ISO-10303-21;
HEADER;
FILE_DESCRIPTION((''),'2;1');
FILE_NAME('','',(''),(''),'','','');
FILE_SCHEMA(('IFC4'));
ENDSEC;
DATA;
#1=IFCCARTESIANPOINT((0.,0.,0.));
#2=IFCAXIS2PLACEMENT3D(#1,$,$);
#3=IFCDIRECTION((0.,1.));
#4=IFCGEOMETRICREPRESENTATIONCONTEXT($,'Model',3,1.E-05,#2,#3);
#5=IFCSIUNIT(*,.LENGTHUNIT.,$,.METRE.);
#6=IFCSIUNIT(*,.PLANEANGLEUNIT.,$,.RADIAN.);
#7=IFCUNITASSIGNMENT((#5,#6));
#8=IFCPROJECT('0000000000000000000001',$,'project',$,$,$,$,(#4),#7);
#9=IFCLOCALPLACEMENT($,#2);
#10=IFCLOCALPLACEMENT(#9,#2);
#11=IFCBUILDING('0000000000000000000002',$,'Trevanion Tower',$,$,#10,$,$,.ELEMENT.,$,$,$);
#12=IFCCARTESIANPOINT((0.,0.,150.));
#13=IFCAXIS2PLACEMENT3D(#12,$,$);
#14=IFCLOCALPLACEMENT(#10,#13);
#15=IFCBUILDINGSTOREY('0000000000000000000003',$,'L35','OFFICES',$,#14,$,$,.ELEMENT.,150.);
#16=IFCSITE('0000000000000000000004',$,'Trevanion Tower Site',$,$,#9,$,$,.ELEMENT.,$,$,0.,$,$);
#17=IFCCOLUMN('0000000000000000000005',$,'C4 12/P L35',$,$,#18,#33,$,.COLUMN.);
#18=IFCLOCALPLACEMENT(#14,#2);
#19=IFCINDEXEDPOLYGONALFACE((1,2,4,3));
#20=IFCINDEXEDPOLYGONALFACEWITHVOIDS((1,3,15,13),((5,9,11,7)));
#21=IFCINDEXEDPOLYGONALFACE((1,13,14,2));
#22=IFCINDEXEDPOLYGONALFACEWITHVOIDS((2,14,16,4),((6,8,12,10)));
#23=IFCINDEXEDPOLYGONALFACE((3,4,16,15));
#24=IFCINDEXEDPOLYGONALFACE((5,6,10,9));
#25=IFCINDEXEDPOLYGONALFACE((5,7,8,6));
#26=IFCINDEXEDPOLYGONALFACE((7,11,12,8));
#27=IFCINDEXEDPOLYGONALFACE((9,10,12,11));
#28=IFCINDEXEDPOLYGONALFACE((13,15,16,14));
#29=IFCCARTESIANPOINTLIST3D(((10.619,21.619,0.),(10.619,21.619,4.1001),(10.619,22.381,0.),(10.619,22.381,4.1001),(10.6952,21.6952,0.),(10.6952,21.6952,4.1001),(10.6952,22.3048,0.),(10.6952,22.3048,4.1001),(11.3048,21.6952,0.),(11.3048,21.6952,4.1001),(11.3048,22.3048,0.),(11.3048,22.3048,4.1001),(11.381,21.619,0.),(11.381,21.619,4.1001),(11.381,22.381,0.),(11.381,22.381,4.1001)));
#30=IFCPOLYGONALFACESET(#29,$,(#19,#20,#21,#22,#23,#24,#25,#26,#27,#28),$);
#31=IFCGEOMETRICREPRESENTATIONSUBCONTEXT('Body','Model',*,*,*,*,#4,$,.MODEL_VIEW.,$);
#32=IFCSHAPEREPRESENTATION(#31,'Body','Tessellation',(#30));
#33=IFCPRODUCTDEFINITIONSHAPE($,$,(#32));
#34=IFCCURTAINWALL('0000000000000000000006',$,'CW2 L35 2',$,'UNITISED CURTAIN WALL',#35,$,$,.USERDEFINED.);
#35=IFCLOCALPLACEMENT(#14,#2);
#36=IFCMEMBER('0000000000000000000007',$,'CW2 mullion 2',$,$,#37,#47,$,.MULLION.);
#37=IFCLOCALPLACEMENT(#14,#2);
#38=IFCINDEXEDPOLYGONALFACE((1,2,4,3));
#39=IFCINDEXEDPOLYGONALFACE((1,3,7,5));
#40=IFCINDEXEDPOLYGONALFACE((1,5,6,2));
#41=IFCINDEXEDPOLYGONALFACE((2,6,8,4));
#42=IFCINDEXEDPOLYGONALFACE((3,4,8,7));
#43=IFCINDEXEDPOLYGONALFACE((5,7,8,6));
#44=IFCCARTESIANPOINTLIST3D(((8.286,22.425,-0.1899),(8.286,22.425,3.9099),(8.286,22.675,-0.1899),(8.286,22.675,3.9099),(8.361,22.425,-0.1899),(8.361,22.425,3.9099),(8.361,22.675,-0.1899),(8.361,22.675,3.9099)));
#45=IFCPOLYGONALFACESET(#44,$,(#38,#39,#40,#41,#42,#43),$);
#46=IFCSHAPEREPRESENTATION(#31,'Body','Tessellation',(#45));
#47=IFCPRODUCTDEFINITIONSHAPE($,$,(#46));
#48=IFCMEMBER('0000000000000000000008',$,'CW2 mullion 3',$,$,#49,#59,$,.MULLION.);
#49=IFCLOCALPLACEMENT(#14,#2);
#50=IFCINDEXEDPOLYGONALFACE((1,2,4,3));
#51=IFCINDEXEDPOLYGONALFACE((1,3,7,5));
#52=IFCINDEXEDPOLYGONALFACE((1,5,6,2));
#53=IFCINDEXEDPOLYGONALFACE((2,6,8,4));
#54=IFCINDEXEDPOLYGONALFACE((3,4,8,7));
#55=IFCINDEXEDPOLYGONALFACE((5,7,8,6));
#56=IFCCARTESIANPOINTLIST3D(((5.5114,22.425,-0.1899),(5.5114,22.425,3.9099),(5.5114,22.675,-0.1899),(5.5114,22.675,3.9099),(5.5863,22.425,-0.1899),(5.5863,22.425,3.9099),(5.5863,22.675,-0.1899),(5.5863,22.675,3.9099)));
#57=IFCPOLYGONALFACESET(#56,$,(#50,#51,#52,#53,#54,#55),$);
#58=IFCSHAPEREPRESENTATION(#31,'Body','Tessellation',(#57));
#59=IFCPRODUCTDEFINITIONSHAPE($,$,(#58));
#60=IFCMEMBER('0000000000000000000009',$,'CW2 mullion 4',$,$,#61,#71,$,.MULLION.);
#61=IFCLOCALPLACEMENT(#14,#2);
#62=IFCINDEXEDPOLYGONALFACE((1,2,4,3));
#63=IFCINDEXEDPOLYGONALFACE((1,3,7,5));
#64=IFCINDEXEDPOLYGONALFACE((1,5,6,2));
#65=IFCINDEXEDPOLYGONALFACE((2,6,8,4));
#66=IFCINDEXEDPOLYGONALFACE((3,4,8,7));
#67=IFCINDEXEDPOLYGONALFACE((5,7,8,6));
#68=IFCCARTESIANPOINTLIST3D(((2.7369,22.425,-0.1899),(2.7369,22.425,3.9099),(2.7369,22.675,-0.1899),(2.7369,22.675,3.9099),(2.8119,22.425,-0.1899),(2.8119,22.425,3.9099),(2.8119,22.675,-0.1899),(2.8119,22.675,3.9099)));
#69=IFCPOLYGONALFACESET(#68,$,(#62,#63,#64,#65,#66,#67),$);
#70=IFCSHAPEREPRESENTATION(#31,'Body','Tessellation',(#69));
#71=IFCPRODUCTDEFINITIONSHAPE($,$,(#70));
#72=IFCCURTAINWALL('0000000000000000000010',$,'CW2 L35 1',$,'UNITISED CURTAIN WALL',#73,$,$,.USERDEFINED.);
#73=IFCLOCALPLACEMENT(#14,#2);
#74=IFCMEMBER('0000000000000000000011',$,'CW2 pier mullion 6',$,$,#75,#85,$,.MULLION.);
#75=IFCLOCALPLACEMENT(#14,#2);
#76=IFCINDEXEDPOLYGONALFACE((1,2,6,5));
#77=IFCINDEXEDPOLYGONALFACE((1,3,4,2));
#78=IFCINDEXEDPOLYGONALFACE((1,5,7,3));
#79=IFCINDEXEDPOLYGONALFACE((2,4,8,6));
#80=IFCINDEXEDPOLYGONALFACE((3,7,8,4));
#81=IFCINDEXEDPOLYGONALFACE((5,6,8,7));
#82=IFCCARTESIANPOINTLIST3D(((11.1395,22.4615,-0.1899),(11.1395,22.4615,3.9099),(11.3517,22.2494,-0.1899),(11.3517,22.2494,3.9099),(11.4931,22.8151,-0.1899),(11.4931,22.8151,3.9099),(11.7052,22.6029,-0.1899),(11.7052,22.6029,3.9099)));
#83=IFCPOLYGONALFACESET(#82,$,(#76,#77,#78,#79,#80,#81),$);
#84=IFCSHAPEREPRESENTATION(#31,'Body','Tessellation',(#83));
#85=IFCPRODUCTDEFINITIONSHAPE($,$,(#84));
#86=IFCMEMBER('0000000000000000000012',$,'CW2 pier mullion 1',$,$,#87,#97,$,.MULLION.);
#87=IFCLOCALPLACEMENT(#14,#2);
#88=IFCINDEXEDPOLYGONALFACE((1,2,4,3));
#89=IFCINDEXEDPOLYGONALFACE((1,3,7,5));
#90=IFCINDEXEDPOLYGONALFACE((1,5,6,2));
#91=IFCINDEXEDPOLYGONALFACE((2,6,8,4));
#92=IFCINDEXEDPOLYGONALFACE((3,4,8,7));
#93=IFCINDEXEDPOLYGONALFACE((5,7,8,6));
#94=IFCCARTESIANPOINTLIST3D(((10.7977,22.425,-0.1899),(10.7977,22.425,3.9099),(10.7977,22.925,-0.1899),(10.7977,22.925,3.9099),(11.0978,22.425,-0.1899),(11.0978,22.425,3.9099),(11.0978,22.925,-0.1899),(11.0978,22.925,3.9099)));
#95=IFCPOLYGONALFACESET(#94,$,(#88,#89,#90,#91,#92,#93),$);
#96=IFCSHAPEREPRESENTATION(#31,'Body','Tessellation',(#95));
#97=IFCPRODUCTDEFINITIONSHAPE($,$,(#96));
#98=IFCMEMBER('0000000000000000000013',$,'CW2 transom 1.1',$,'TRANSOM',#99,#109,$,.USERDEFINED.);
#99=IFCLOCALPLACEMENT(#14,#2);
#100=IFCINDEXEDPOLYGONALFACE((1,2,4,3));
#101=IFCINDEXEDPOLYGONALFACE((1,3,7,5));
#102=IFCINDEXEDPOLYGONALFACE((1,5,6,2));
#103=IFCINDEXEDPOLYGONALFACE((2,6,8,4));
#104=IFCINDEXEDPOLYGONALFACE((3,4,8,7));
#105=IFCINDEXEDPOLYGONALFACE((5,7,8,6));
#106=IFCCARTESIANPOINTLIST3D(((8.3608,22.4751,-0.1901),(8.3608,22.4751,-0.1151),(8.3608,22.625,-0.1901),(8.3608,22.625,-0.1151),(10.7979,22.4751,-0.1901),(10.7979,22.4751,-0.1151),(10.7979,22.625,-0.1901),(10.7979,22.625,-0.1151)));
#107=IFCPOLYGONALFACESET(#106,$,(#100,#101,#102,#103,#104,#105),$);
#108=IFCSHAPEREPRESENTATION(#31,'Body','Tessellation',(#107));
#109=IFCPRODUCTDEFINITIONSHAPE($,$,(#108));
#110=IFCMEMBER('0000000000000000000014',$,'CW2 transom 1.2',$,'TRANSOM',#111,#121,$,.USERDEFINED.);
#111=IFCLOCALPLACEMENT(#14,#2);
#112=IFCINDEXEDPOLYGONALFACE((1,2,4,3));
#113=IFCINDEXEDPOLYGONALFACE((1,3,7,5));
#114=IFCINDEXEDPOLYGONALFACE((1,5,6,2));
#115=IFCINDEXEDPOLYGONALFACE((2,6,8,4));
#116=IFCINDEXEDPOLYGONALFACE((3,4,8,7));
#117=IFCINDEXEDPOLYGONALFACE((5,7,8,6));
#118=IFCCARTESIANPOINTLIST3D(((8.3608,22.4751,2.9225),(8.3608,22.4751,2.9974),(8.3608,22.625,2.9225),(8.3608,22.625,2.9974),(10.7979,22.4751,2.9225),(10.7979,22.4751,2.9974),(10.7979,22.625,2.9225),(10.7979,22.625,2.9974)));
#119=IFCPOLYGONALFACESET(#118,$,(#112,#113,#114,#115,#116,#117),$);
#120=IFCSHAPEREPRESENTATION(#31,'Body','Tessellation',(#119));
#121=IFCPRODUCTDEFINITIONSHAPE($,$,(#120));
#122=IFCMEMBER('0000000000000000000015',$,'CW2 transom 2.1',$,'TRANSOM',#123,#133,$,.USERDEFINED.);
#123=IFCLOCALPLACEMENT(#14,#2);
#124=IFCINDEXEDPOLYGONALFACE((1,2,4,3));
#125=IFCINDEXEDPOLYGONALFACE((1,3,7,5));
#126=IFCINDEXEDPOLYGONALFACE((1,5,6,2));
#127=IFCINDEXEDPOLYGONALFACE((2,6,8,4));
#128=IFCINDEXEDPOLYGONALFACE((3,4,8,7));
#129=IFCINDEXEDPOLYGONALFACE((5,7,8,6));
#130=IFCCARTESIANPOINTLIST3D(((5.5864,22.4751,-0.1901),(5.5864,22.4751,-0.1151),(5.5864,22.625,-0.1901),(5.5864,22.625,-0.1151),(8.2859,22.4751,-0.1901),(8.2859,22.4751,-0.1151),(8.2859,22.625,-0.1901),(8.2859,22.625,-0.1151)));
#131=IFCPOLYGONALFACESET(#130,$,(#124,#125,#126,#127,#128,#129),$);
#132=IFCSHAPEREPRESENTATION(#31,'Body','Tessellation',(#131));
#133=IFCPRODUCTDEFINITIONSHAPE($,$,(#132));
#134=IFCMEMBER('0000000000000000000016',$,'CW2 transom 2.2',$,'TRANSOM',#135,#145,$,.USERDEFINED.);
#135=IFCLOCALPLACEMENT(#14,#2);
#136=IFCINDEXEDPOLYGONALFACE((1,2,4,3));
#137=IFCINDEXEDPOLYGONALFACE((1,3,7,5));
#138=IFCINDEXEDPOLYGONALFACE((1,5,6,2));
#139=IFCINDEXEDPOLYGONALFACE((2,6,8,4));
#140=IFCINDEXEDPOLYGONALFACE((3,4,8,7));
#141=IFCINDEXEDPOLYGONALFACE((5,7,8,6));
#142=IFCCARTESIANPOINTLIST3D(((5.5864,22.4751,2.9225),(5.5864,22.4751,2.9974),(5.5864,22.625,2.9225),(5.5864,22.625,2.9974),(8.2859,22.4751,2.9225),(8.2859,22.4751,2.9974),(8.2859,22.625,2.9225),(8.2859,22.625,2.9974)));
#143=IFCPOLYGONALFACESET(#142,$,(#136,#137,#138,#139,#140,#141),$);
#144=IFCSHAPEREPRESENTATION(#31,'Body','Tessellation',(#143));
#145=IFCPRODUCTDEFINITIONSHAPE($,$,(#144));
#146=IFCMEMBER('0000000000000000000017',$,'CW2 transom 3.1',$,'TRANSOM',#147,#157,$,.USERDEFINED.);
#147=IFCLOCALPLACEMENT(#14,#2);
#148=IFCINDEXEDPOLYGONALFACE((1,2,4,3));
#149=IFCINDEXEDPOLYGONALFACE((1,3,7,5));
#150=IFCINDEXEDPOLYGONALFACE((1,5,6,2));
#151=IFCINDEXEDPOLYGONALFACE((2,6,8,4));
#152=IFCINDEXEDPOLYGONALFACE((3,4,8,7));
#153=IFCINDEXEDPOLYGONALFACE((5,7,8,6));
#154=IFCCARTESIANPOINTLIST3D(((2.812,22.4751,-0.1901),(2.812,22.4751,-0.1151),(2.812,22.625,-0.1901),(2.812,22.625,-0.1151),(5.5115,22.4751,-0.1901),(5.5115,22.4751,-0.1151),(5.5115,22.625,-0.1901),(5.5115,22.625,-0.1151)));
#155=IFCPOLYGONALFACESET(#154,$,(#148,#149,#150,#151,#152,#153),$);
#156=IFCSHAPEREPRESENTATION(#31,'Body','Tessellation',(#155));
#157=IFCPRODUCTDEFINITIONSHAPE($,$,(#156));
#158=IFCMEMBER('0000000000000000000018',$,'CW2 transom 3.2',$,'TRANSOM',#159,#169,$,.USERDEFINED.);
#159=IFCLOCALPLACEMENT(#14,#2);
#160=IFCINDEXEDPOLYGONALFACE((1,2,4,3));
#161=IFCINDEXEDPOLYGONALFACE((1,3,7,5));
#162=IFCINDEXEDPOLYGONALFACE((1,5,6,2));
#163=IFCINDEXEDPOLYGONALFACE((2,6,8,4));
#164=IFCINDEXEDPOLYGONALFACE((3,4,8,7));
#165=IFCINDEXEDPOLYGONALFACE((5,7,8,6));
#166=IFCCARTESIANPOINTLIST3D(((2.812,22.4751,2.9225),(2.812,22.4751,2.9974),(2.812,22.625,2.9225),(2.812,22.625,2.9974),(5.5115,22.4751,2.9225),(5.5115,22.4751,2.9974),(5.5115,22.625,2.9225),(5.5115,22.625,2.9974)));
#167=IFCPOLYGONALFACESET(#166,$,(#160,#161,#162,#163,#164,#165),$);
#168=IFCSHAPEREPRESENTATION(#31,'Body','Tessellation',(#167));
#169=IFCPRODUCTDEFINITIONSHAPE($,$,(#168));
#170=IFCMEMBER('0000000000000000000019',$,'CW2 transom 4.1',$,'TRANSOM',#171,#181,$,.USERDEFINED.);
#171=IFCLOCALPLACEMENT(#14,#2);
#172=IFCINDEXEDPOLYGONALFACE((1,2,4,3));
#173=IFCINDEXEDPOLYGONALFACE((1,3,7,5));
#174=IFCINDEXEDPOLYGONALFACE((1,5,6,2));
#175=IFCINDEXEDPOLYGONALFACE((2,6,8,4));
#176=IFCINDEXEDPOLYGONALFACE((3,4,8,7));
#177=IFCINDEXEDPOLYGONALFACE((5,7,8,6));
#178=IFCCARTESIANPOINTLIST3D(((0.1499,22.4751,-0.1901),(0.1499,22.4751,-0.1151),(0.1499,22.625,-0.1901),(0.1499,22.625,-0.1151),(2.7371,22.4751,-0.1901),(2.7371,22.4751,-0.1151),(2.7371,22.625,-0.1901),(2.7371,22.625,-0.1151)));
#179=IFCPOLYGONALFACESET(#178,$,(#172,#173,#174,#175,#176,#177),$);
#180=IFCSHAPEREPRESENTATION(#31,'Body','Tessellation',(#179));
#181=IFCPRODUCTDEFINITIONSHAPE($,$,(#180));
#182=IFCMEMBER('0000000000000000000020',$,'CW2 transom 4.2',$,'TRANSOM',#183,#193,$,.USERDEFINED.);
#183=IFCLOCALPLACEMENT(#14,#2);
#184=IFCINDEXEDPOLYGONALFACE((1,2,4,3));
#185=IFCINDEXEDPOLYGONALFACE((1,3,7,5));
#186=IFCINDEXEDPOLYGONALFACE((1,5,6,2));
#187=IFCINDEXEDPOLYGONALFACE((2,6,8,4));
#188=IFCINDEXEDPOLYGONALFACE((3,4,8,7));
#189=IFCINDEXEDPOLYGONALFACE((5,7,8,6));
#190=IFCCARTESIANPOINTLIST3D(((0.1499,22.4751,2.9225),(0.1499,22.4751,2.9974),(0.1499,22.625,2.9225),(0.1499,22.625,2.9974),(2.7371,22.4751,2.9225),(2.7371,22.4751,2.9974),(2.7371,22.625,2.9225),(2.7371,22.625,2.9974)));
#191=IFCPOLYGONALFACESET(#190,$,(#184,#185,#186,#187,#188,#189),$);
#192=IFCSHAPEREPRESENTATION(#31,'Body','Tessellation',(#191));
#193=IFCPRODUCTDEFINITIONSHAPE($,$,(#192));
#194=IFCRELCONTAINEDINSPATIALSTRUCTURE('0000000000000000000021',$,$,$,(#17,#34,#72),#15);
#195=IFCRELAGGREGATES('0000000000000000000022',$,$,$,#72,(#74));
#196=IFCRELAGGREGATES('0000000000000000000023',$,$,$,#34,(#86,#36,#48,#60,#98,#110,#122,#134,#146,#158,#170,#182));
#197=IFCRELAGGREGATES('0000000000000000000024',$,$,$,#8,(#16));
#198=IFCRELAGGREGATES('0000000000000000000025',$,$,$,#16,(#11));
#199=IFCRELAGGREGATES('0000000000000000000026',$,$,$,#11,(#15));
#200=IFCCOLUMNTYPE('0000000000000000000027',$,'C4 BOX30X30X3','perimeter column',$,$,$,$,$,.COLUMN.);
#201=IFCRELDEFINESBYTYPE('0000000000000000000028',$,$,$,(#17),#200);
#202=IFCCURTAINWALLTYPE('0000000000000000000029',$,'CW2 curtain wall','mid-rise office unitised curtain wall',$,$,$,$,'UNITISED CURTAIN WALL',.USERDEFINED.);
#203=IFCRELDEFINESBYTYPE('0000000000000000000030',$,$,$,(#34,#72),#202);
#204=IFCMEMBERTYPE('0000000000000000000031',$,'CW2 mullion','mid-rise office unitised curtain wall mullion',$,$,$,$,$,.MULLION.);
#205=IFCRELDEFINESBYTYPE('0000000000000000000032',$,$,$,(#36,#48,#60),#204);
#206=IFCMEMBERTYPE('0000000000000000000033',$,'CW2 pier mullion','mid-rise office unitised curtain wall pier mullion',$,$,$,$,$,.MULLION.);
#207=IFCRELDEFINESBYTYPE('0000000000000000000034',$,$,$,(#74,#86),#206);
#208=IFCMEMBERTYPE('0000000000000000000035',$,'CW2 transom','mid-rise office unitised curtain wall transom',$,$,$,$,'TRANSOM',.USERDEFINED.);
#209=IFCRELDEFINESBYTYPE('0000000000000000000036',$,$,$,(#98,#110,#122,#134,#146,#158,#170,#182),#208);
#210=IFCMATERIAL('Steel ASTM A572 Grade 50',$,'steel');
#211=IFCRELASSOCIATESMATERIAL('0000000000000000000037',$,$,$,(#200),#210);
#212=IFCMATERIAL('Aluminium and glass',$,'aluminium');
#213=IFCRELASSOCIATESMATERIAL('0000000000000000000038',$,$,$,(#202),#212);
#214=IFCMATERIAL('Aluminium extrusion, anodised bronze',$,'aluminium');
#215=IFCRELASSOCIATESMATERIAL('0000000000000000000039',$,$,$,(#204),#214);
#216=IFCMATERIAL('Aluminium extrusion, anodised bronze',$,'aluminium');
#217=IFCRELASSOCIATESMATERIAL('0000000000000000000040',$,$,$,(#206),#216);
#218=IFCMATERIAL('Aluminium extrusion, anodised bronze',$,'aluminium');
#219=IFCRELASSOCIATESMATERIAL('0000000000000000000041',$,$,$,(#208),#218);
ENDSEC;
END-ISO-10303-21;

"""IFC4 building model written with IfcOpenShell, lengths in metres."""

from ifc_helpers import new_model, si_unit, direction, frame, origin, origin_2d, place, context, subcontext, project, spatial, rectangle, hollow_rectangle, extrude, material, material_profile, profile_set, type_object, element, aggregate, save


model = new_model("IFC4")

# Units and contexts
model_context = context("Model", 3, precision=1e-05, world=origin(), true_north=direction((0.0, 1.0)))
body_context = subcontext(model_context, "Body", "Model", "MODEL_VIEW")
ifc_project = project(units=[si_unit("LENGTHUNIT", "METRE"), si_unit("PLANEANGLEUNIT", "RADIAN")], contexts=[model_context])

# Site, building, storey
site_placement = place(None, origin())
site = spatial("IfcSite", under=ifc_project, at=site_placement, Name="Trevanion Tower Site", CompositionType="ELEMENT", RefElevation=0.0)
building_placement = place(site_placement, origin())
building = spatial("IfcBuilding", under=site, at=building_placement, Name="Trevanion Tower", CompositionType="ELEMENT")
storey_placement = place(building_placement, frame((0.0, 0.0, 150.0)))
storey = spatial("IfcBuildingStorey", under=building, at=storey_placement, Name="L35", Description="OFFICES", CompositionType="ELEMENT", Elevation=150.0)

# Column
ifc_material_1 = material(Name="Steel ASTM A572 Grade 50", Category="steel")
ifc_material_profile_1 = material_profile(ifc_material_1, hollow_rectangle(XDim=0.762, YDim=0.762, WallThickness=0.0762, at=origin_2d()), Name="BOX30X30X3")
ifc_profile_set_1 = profile_set([ifc_material_profile_1], Name="Steel ASTM A572 Grade 50")
column_type = type_object("IfcColumnType", Name="C4 BOX30X30X3", Description="perimeter column", PredefinedType="COLUMN", material=ifc_profile_set_1)
column_placement = place(storey_placement, frame((11.0, 22.0, 0.0), z_axis=(0.0, 0.0, 1.0), x_axis=(1.0, 0.0, 0.0)))
element("IfcColumn", 1, at=column_placement, inside=storey, type_object=column_type, Name="C4 12/P L35", PredefinedType="COLUMN", context=body_context, shape_type="SweptSolid", body=[
    extrude(hollow_rectangle(XDim=0.762, YDim=0.762, WallThickness=0.0762, at=origin_2d()), origin(), (0.0, 0.0, 1.0), 4.1001),
])

# Curtain wall, members
ifc_material_2 = material(Name="Aluminium and glass", Category="aluminium")
curtain_wall_type = type_object("IfcCurtainWallType", Name="CW2 curtain wall", Description="mid-rise office unitised curtain wall", ElementType="UNITISED CURTAIN WALL", PredefinedType="USERDEFINED", material=ifc_material_2)
curtain_wall_1_placement = place(storey_placement, origin())
curtain_wall_1 = element("IfcCurtainWall", 2, at=curtain_wall_1_placement, inside=storey, type_object=curtain_wall_type, Name="CW2 L35 2", ObjectType="UNITISED CURTAIN WALL", PredefinedType="USERDEFINED")
ifc_material_3 = material(Name="Aluminium extrusion, anodised bronze", Category="aluminium")
ifc_material_profile_2 = material_profile(ifc_material_3, rectangle(XDim=0.075, YDim=0.25, at=origin_2d()), Name="CW2 mullion")
ifc_profile_set_2 = profile_set([ifc_material_profile_2], Name="Aluminium extrusion, anodised bronze")
member_type_1 = type_object("IfcMemberType", Name="CW2 mullion", Description="mid-rise office unitised curtain wall mullion", PredefinedType="MULLION", material=ifc_profile_set_2)
member_1_placement = place(storey_placement, frame((8.3235, 22.55, -0.1899), z_axis=(0.0, 0.0, 1.0), x_axis=(-1.0, 0.0, 0.0)))
member_1 = element("IfcMember", 3, at=member_1_placement, type_object=member_type_1, Name="CW2 mullion 2", PredefinedType="MULLION", context=body_context, shape_type="SweptSolid", body=[
    extrude(rectangle(XDim=0.075, YDim=0.25, at=origin_2d()), origin(), (0.0, 0.0, 1.0), 4.0999),
])
member_2_placement = place(storey_placement, frame((5.5488, 22.55, -0.1899), z_axis=(0.0, 0.0, 1.0), x_axis=(-1.0, 0.0, 0.0)))
member_2 = element("IfcMember", 4, at=member_2_placement, type_object=member_type_1, Name="CW2 mullion 3", PredefinedType="MULLION", context=body_context, shape_type="SweptSolid", body=[
    extrude(rectangle(XDim=0.075, YDim=0.25, at=origin_2d()), origin(), (0.0, 0.0, 1.0), 4.0999),
])
member_3_placement = place(storey_placement, frame((2.7744, 22.55, -0.1899), z_axis=(0.0, 0.0, 1.0), x_axis=(-1.0, 0.0, 0.0)))
member_3 = element("IfcMember", 5, at=member_3_placement, type_object=member_type_1, Name="CW2 mullion 4", PredefinedType="MULLION", context=body_context, shape_type="SweptSolid", body=[
    extrude(rectangle(XDim=0.075, YDim=0.25, at=origin_2d()), origin(), (0.0, 0.0, 1.0), 4.0999),
])

# Curtain wall, member
curtain_wall_2_placement = place(storey_placement, origin())
curtain_wall_2 = element("IfcCurtainWall", 6, at=curtain_wall_2_placement, inside=storey, type_object=curtain_wall_type, Name="CW2 L35 1", ObjectType="UNITISED CURTAIN WALL", PredefinedType="USERDEFINED")
ifc_material_4 = material(Name="Aluminium extrusion, anodised bronze", Category="aluminium")
ifc_material_profile_3 = material_profile(ifc_material_4, rectangle(XDim=0.3, YDim=0.5, at=origin_2d()), Name="CW2 pier mullion")
ifc_profile_set_3 = profile_set([ifc_material_profile_3], Name="Aluminium extrusion, anodised bronze")
member_type_2 = type_object("IfcMemberType", Name="CW2 pier mullion", Description="mid-rise office unitised curtain wall pier mullion", PredefinedType="MULLION", material=ifc_profile_set_3)
member_4_placement = place(storey_placement, frame((11.4224, 22.5322, -0.1899), z_axis=(0.0, 0.0, 1.0), x_axis=(-0.707107, 0.707107, 0.0)))
member_4 = element("IfcMember", 7, at=member_4_placement, type_object=member_type_2, Name="CW2 pier mullion 6", PredefinedType="MULLION", context=body_context, shape_type="SweptSolid", body=[
    extrude(rectangle(XDim=0.3, YDim=0.5, at=origin_2d()), origin(), (0.0, 0.0, 1.0), 4.0999),
])
aggregate(curtain_wall_2, [member_4])

# Members
member_5_placement = place(storey_placement, frame((10.9478, 22.675, -0.1899), z_axis=(0.0, 0.0, 1.0), x_axis=(-1.0, 0.0, 0.0)))
member_5 = element("IfcMember", 8, at=member_5_placement, type_object=member_type_2, Name="CW2 pier mullion 1", PredefinedType="MULLION", context=body_context, shape_type="SweptSolid", body=[
    extrude(rectangle(XDim=0.3, YDim=0.5, at=origin_2d()), origin(), (0.0, 0.0, 1.0), 4.0999),
])
ifc_material_5 = material(Name="Aluminium extrusion, anodised bronze", Category="aluminium")
ifc_material_profile_4 = material_profile(ifc_material_5, rectangle(XDim=0.1499, YDim=0.075, at=origin_2d()), Name="CW2 transom")
ifc_profile_set_4 = profile_set([ifc_material_profile_4], Name="Aluminium extrusion, anodised bronze")
member_type_3 = type_object("IfcMemberType", Name="CW2 transom", Description="mid-rise office unitised curtain wall transom", ElementType="TRANSOM", PredefinedType="USERDEFINED", material=ifc_profile_set_4)
member_6_placement = place(storey_placement, frame((10.7979, 22.55, -0.1526), z_axis=(-1.0, 0.0, 0.0), x_axis=(0.0, -1.0, 0.0)))
member_6 = element("IfcMember", 9, at=member_6_placement, type_object=member_type_3, Name="CW2 transom 1.1", ObjectType="TRANSOM", PredefinedType="USERDEFINED", context=body_context, shape_type="SweptSolid", body=[
    extrude(rectangle(XDim=0.1499, YDim=0.075, at=origin_2d()), origin(), (0.0, 0.0, 1.0), 2.437),
])
member_7_placement = place(storey_placement, frame((10.7979, 22.55, 2.96), z_axis=(-1.0, 0.0, 0.0), x_axis=(0.0, -1.0, 0.0)))
member_7 = element("IfcMember", 10, at=member_7_placement, type_object=member_type_3, Name="CW2 transom 1.2", ObjectType="TRANSOM", PredefinedType="USERDEFINED", context=body_context, shape_type="SweptSolid", body=[
    extrude(rectangle(XDim=0.1499, YDim=0.075, at=origin_2d()), origin(), (0.0, 0.0, 1.0), 2.437),
])
member_8_placement = place(storey_placement, frame((8.2859, 22.55, -0.1526), z_axis=(-1.0, 0.0, 0.0), x_axis=(0.0, -1.0, 0.0)))
member_8 = element("IfcMember", 11, at=member_8_placement, type_object=member_type_3, Name="CW2 transom 2.1", ObjectType="TRANSOM", PredefinedType="USERDEFINED", context=body_context, shape_type="SweptSolid", body=[
    extrude(rectangle(XDim=0.1499, YDim=0.075, at=origin_2d()), origin(), (0.0, 0.0, 1.0), 2.6995),
])
member_9_placement = place(storey_placement, frame((8.2859, 22.55, 2.96), z_axis=(-1.0, 0.0, 0.0), x_axis=(0.0, -1.0, 0.0)))
member_9 = element("IfcMember", 12, at=member_9_placement, type_object=member_type_3, Name="CW2 transom 2.2", ObjectType="TRANSOM", PredefinedType="USERDEFINED", context=body_context, shape_type="SweptSolid", body=[
    extrude(rectangle(XDim=0.1499, YDim=0.075, at=origin_2d()), origin(), (0.0, 0.0, 1.0), 2.6995),
])
member_10_placement = place(storey_placement, frame((5.5115, 22.55, -0.1526), z_axis=(-1.0, 0.0, 0.0), x_axis=(0.0, -1.0, 0.0)))
member_10 = element("IfcMember", 13, at=member_10_placement, type_object=member_type_3, Name="CW2 transom 3.1", ObjectType="TRANSOM", PredefinedType="USERDEFINED", context=body_context, shape_type="SweptSolid", body=[
    extrude(rectangle(XDim=0.1499, YDim=0.075, at=origin_2d()), origin(), (0.0, 0.0, 1.0), 2.6995),
])
member_11_placement = place(storey_placement, frame((5.5115, 22.55, 2.96), z_axis=(-1.0, 0.0, 0.0), x_axis=(0.0, -1.0, 0.0)))
member_11 = element("IfcMember", 14, at=member_11_placement, type_object=member_type_3, Name="CW2 transom 3.2", ObjectType="TRANSOM", PredefinedType="USERDEFINED", context=body_context, shape_type="SweptSolid", body=[
    extrude(rectangle(XDim=0.1499, YDim=0.075, at=origin_2d()), origin(), (0.0, 0.0, 1.0), 2.6995),
])
member_12_placement = place(storey_placement, frame((2.7371, 22.55, -0.1526), z_axis=(-1.0, 0.0, 0.0), x_axis=(0.0, -1.0, 0.0)))
member_12 = element("IfcMember", 15, at=member_12_placement, type_object=member_type_3, Name="CW2 transom 4.1", ObjectType="TRANSOM", PredefinedType="USERDEFINED", context=body_context, shape_type="SweptSolid", body=[
    extrude(rectangle(XDim=0.1499, YDim=0.075, at=origin_2d()), origin(), (0.0, 0.0, 1.0), 2.5872),
])
member_13_placement = place(storey_placement, frame((2.7371, 22.55, 2.96), z_axis=(-1.0, 0.0, 0.0), x_axis=(0.0, -1.0, 0.0)))
member_13 = element("IfcMember", 16, at=member_13_placement, type_object=member_type_3, Name="CW2 transom 4.2", ObjectType="TRANSOM", PredefinedType="USERDEFINED", context=body_context, shape_type="SweptSolid", body=[
    extrude(rectangle(XDim=0.1499, YDim=0.075, at=origin_2d()), origin(), (0.0, 0.0, 1.0), 2.5872),
])

aggregate(curtain_wall_1, [member_5, member_1, member_2, member_3, member_6, member_7, member_8, member_9, member_10, member_11, member_12, member_13])

save(model, "model.ifc")
